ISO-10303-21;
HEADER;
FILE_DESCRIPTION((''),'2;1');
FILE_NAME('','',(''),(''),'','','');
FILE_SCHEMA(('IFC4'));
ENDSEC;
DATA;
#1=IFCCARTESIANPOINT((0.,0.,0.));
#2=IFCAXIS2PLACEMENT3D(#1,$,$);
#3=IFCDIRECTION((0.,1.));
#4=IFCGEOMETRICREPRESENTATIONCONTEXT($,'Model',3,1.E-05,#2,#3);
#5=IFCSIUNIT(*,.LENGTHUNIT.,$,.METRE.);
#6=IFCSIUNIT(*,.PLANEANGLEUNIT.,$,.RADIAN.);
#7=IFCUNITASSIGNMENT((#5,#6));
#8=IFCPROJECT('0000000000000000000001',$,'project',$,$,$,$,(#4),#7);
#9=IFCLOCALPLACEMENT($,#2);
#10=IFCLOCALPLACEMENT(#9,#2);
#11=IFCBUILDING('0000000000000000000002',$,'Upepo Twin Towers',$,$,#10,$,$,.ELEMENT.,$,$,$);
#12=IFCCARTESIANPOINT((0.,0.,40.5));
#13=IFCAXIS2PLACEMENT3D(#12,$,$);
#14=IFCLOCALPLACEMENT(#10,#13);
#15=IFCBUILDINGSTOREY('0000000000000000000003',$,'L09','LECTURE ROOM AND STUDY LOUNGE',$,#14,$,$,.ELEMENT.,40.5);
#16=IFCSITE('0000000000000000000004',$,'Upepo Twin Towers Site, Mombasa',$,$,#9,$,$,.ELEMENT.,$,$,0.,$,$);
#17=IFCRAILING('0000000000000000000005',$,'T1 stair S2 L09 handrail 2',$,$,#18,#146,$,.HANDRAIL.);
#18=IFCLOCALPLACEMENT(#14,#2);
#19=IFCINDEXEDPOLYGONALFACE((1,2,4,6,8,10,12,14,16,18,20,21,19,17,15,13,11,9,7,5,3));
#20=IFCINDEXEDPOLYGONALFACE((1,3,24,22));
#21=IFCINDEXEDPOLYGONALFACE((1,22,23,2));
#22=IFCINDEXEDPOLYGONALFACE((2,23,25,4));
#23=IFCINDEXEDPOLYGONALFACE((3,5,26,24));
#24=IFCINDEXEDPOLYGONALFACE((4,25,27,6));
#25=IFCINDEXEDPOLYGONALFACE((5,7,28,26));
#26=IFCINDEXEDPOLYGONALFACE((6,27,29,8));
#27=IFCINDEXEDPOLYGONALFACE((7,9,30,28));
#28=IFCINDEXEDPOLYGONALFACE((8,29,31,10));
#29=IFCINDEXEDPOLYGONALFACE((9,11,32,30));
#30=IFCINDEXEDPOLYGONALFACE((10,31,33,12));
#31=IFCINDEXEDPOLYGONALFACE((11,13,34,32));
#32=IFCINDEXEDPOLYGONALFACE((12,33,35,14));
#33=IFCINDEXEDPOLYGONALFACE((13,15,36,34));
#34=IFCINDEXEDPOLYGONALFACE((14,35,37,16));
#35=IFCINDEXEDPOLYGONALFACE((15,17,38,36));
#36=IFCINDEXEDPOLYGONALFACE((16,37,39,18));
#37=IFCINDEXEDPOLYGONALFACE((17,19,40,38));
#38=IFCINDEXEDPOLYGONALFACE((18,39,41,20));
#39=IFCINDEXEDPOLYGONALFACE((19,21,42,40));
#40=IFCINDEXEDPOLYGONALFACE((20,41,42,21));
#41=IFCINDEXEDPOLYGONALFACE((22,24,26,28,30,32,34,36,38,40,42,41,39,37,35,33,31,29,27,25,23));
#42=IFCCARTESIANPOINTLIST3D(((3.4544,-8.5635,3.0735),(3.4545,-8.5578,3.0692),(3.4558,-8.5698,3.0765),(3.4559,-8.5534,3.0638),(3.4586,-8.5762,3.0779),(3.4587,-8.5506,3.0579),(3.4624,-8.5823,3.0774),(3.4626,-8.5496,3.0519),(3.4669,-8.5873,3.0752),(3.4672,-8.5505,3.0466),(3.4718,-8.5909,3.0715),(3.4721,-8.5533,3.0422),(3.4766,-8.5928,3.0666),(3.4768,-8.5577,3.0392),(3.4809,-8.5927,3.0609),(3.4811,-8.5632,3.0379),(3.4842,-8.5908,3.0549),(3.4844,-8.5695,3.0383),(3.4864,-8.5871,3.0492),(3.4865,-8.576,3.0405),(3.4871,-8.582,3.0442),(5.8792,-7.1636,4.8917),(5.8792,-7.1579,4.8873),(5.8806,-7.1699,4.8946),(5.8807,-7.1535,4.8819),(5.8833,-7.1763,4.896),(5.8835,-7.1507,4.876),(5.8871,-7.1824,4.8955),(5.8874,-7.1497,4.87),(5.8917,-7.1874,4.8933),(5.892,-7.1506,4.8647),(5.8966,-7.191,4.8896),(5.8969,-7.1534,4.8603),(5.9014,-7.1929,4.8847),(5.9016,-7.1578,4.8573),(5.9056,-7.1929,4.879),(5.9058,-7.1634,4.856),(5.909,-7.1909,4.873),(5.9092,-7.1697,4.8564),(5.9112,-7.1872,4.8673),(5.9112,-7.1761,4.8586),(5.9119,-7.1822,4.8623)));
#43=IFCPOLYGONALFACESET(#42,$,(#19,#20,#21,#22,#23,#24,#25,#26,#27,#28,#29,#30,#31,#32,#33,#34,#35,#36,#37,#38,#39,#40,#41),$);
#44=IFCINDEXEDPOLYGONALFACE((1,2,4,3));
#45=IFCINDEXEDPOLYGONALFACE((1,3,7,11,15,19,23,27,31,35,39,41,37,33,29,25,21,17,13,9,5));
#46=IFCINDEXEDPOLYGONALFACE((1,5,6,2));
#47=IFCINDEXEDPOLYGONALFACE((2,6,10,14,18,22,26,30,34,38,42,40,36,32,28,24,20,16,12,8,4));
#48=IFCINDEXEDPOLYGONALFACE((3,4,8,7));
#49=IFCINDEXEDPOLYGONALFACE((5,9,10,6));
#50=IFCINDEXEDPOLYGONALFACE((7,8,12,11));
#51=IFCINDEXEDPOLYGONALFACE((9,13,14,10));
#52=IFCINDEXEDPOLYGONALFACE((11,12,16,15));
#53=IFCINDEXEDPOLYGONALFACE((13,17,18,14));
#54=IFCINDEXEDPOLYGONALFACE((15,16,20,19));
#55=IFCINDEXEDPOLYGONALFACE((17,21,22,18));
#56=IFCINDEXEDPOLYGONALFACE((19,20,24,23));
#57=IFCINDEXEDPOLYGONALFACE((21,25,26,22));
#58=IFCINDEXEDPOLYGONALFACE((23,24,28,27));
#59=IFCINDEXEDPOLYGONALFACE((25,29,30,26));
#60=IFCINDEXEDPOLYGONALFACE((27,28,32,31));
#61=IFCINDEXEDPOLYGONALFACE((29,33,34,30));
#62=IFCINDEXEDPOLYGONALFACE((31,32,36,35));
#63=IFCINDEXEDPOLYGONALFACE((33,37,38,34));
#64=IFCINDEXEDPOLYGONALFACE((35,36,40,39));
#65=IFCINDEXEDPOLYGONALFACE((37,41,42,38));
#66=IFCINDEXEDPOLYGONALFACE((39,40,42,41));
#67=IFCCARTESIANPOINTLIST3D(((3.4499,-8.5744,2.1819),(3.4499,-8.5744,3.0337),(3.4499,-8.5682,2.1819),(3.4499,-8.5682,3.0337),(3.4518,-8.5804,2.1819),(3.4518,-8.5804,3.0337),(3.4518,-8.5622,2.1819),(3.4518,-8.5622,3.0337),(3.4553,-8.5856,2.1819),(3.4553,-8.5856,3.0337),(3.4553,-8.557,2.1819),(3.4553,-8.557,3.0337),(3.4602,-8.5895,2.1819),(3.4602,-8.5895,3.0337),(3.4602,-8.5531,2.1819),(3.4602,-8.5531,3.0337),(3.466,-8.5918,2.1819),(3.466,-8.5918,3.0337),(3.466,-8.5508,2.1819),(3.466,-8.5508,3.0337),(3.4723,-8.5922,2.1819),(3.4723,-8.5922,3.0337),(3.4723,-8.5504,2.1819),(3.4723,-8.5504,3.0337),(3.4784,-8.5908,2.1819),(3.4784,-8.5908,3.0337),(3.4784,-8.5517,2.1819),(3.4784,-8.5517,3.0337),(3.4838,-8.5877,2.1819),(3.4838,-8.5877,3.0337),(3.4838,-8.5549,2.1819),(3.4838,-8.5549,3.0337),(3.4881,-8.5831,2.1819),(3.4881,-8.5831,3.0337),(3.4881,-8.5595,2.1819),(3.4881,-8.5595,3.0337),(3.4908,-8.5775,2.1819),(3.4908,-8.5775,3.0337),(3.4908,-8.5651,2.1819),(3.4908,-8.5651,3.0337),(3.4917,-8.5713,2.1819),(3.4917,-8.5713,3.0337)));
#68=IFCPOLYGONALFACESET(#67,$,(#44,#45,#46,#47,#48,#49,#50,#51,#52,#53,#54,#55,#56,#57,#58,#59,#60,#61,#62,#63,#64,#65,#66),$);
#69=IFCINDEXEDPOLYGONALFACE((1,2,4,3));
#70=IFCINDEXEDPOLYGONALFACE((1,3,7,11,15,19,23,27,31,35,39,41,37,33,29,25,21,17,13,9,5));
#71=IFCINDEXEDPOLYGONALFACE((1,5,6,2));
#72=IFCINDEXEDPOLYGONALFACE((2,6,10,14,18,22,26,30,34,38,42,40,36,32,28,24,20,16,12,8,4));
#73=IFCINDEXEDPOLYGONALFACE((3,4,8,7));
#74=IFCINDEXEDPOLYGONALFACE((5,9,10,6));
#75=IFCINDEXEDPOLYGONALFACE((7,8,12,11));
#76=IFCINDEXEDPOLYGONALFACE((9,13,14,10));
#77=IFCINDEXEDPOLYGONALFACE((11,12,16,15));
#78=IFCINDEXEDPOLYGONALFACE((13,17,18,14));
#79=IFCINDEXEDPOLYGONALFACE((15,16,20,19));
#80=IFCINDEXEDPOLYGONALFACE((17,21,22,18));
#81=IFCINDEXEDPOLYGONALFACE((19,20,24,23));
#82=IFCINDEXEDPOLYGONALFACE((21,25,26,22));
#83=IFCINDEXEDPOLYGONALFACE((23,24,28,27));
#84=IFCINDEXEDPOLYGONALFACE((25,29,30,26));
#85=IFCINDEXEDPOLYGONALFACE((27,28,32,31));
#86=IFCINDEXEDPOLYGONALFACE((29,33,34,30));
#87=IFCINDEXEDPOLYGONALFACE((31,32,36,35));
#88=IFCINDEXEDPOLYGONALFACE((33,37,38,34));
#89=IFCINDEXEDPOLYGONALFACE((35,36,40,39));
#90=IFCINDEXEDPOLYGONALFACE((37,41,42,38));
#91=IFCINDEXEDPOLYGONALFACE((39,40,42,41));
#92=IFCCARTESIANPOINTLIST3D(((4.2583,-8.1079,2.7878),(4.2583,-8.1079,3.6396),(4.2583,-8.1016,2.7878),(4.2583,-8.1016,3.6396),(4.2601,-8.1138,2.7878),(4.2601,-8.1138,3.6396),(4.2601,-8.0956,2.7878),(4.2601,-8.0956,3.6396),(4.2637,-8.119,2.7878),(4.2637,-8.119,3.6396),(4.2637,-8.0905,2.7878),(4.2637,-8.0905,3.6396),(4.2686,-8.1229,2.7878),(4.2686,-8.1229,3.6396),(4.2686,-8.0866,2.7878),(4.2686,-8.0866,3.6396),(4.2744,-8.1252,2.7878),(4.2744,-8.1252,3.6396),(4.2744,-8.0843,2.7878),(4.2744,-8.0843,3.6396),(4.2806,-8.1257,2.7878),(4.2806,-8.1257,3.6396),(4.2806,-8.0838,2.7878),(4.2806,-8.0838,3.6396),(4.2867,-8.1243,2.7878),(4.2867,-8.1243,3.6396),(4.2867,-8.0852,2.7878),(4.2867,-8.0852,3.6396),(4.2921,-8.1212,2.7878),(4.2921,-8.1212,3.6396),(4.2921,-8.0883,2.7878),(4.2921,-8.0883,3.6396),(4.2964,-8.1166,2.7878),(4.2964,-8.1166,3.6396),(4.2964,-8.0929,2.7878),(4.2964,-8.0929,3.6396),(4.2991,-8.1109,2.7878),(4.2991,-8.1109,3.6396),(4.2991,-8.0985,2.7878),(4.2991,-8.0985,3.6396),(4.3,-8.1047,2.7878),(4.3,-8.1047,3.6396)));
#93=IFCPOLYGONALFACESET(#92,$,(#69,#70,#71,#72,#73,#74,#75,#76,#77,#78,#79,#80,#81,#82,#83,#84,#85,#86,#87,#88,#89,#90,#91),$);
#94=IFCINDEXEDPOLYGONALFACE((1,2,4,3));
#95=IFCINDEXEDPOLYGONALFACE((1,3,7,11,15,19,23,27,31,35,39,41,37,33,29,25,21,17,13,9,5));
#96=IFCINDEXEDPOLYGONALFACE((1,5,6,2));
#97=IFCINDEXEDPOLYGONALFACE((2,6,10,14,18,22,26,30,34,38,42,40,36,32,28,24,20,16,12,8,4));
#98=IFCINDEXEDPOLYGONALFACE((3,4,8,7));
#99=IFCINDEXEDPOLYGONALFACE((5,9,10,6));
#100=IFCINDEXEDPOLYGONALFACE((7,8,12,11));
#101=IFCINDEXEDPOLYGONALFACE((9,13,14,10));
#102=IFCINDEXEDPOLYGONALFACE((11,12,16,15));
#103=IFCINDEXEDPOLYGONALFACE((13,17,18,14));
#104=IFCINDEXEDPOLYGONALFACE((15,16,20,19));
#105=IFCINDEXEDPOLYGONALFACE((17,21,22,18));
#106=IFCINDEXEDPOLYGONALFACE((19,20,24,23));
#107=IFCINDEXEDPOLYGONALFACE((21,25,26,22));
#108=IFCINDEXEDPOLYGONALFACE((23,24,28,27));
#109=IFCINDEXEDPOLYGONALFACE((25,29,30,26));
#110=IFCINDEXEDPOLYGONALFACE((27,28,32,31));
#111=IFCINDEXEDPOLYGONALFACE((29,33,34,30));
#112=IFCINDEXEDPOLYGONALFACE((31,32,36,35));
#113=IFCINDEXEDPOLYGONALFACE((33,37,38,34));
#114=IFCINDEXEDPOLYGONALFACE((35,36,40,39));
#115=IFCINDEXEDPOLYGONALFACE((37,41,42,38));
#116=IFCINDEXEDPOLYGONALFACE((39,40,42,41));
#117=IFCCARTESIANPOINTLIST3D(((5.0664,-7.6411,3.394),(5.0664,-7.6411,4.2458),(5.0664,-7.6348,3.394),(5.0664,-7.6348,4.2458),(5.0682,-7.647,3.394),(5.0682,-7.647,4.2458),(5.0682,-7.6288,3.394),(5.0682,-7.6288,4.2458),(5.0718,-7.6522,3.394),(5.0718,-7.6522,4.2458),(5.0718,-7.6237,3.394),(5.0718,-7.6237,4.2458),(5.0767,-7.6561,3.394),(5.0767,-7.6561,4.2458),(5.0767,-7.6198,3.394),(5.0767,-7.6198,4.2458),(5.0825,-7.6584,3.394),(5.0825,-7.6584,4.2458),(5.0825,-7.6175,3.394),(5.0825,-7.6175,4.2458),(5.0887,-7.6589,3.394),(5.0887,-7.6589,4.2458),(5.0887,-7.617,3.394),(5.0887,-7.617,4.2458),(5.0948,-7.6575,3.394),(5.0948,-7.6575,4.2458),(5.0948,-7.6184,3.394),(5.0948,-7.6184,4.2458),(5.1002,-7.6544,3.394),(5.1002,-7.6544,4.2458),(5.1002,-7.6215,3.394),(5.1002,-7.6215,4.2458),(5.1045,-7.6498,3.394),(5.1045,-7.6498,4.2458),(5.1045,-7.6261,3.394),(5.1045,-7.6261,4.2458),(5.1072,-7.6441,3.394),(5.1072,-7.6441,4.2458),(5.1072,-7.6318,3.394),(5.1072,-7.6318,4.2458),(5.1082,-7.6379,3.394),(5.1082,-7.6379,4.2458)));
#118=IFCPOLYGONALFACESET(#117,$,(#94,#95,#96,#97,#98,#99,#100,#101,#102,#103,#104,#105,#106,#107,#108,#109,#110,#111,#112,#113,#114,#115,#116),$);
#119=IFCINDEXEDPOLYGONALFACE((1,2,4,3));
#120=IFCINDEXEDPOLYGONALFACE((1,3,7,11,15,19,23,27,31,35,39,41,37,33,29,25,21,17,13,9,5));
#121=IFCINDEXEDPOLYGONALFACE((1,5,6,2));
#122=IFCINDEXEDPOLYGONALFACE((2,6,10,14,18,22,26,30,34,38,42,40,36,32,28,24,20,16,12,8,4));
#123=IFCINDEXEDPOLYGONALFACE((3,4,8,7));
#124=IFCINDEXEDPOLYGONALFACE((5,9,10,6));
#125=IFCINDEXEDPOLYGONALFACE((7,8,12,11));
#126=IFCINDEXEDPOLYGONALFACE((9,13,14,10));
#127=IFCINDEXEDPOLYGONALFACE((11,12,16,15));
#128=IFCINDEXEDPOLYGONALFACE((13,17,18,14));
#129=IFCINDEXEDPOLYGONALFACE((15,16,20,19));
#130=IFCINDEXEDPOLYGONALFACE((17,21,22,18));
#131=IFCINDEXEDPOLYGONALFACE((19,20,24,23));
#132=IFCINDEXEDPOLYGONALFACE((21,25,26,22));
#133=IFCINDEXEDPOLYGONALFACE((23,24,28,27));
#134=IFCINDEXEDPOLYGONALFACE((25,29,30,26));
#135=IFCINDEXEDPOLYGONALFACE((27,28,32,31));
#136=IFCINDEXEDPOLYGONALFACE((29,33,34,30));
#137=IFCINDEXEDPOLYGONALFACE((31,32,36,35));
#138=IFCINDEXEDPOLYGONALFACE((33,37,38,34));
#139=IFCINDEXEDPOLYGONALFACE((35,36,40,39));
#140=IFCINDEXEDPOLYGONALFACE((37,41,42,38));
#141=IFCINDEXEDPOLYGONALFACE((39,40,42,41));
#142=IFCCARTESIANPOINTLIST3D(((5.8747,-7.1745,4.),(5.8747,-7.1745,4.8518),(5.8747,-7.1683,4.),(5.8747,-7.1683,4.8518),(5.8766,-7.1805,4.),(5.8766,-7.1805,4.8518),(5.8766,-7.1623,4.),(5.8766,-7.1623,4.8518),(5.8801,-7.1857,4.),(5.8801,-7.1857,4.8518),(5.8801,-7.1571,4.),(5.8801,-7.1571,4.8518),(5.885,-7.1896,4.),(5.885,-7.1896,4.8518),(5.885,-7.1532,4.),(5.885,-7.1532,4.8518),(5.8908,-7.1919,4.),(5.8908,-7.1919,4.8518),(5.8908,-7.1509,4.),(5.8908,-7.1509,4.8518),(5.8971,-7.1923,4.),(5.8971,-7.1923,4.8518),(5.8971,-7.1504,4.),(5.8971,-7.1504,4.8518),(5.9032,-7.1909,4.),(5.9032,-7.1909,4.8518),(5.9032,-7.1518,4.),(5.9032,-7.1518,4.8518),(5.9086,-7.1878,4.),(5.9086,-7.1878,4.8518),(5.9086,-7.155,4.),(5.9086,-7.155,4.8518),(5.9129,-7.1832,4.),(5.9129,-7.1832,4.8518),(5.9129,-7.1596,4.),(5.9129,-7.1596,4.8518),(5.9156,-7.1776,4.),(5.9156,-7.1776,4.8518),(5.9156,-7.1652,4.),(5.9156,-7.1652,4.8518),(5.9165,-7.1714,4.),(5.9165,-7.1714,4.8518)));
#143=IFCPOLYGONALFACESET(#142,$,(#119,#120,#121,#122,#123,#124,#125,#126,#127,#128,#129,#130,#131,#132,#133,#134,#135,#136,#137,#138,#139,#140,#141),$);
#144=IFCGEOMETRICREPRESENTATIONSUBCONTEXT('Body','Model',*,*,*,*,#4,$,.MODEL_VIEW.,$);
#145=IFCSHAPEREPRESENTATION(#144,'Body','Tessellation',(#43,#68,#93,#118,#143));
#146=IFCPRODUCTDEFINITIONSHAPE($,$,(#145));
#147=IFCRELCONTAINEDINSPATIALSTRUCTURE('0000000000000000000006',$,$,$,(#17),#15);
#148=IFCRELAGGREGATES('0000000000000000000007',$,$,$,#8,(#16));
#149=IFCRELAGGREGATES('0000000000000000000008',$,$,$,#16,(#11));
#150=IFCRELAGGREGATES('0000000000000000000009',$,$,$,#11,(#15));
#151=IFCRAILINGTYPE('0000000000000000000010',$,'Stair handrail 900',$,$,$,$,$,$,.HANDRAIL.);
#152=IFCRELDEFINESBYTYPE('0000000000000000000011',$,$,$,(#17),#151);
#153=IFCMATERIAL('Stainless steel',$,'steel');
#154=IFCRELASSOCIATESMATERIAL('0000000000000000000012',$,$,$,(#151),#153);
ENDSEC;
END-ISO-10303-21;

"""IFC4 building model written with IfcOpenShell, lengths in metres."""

from ifc_helpers import new_model, si_unit, direction, frame, origin, origin_2d, place, context, subcontext, project, spatial, circle, extrude, material, type_object, element, save


model = new_model("IFC4")

# Units and contexts
model_context = context("Model", 3, precision=1e-05, world=origin(), true_north=direction((0.0, 1.0)))
body_context = subcontext(model_context, "Body", "Model", "MODEL_VIEW")
ifc_project = project(units=[si_unit("LENGTHUNIT", "METRE"), si_unit("PLANEANGLEUNIT", "RADIAN")], contexts=[model_context])

# Site, building, storey
site_placement = place(None, origin())
site = spatial("IfcSite", under=ifc_project, at=site_placement, Name="Upepo Twin Towers Site, Mombasa", CompositionType="ELEMENT", RefElevation=0.0)
building_placement = place(site_placement, origin())
building = spatial("IfcBuilding", under=site, at=building_placement, Name="Upepo Twin Towers", CompositionType="ELEMENT")
storey_placement = place(building_placement, frame((0.0, 0.0, 40.5)))
storey = spatial("IfcBuildingStorey", under=building, at=storey_placement, Name="L09", Description="LECTURE ROOM AND STUDY LOUNGE", CompositionType="ELEMENT", Elevation=40.5)

# Railing
ifc_material_1 = material(Name="Stainless steel", Category="steel")
railing_type = type_object("IfcRailingType", Name="Stair handrail 900", PredefinedType="HANDRAIL", material=ifc_material_1)
railing_1_placement = place(storey_placement, frame((3.4707, -8.5713, 2.1819)))
element("IfcRailing", 1, at=railing_1_placement, inside=storey, type_object=railing_type, Name="T1 stair S2 L09 handrail 2", PredefinedType="HANDRAIL", context=body_context, shape_type="SweptSolid", body=[
    extrude(circle(Radius=0.0239, at=origin_2d()), frame((0.0, 0.0, 0.876), z_axis=(0.726336, 0.419333, 0.544606), x_axis=(-0.499984, 0.866035, 0.0)), (0.0, 0.0, 1.0), 3.3384),
    extrude(circle(Radius=0.021, at=origin_2d()), origin(), (0.0, 0.0, 1.0), 0.8518),
    extrude(circle(Radius=0.021, at=origin_2d()), frame((0.8083, 0.4666, 0.606)), (0.0, 0.0, 1.0), 0.8518),
    extrude(circle(Radius=0.021, at=origin_2d()), frame((1.6165, 0.9333, 1.2122)), (0.0, 0.0, 1.0), 0.8518),
    extrude(circle(Radius=0.021, at=origin_2d()), frame((2.4248, 1.3999, 1.8181)), (0.0, 0.0, 1.0), 0.8518),
])

save(model, "model.ifc")
